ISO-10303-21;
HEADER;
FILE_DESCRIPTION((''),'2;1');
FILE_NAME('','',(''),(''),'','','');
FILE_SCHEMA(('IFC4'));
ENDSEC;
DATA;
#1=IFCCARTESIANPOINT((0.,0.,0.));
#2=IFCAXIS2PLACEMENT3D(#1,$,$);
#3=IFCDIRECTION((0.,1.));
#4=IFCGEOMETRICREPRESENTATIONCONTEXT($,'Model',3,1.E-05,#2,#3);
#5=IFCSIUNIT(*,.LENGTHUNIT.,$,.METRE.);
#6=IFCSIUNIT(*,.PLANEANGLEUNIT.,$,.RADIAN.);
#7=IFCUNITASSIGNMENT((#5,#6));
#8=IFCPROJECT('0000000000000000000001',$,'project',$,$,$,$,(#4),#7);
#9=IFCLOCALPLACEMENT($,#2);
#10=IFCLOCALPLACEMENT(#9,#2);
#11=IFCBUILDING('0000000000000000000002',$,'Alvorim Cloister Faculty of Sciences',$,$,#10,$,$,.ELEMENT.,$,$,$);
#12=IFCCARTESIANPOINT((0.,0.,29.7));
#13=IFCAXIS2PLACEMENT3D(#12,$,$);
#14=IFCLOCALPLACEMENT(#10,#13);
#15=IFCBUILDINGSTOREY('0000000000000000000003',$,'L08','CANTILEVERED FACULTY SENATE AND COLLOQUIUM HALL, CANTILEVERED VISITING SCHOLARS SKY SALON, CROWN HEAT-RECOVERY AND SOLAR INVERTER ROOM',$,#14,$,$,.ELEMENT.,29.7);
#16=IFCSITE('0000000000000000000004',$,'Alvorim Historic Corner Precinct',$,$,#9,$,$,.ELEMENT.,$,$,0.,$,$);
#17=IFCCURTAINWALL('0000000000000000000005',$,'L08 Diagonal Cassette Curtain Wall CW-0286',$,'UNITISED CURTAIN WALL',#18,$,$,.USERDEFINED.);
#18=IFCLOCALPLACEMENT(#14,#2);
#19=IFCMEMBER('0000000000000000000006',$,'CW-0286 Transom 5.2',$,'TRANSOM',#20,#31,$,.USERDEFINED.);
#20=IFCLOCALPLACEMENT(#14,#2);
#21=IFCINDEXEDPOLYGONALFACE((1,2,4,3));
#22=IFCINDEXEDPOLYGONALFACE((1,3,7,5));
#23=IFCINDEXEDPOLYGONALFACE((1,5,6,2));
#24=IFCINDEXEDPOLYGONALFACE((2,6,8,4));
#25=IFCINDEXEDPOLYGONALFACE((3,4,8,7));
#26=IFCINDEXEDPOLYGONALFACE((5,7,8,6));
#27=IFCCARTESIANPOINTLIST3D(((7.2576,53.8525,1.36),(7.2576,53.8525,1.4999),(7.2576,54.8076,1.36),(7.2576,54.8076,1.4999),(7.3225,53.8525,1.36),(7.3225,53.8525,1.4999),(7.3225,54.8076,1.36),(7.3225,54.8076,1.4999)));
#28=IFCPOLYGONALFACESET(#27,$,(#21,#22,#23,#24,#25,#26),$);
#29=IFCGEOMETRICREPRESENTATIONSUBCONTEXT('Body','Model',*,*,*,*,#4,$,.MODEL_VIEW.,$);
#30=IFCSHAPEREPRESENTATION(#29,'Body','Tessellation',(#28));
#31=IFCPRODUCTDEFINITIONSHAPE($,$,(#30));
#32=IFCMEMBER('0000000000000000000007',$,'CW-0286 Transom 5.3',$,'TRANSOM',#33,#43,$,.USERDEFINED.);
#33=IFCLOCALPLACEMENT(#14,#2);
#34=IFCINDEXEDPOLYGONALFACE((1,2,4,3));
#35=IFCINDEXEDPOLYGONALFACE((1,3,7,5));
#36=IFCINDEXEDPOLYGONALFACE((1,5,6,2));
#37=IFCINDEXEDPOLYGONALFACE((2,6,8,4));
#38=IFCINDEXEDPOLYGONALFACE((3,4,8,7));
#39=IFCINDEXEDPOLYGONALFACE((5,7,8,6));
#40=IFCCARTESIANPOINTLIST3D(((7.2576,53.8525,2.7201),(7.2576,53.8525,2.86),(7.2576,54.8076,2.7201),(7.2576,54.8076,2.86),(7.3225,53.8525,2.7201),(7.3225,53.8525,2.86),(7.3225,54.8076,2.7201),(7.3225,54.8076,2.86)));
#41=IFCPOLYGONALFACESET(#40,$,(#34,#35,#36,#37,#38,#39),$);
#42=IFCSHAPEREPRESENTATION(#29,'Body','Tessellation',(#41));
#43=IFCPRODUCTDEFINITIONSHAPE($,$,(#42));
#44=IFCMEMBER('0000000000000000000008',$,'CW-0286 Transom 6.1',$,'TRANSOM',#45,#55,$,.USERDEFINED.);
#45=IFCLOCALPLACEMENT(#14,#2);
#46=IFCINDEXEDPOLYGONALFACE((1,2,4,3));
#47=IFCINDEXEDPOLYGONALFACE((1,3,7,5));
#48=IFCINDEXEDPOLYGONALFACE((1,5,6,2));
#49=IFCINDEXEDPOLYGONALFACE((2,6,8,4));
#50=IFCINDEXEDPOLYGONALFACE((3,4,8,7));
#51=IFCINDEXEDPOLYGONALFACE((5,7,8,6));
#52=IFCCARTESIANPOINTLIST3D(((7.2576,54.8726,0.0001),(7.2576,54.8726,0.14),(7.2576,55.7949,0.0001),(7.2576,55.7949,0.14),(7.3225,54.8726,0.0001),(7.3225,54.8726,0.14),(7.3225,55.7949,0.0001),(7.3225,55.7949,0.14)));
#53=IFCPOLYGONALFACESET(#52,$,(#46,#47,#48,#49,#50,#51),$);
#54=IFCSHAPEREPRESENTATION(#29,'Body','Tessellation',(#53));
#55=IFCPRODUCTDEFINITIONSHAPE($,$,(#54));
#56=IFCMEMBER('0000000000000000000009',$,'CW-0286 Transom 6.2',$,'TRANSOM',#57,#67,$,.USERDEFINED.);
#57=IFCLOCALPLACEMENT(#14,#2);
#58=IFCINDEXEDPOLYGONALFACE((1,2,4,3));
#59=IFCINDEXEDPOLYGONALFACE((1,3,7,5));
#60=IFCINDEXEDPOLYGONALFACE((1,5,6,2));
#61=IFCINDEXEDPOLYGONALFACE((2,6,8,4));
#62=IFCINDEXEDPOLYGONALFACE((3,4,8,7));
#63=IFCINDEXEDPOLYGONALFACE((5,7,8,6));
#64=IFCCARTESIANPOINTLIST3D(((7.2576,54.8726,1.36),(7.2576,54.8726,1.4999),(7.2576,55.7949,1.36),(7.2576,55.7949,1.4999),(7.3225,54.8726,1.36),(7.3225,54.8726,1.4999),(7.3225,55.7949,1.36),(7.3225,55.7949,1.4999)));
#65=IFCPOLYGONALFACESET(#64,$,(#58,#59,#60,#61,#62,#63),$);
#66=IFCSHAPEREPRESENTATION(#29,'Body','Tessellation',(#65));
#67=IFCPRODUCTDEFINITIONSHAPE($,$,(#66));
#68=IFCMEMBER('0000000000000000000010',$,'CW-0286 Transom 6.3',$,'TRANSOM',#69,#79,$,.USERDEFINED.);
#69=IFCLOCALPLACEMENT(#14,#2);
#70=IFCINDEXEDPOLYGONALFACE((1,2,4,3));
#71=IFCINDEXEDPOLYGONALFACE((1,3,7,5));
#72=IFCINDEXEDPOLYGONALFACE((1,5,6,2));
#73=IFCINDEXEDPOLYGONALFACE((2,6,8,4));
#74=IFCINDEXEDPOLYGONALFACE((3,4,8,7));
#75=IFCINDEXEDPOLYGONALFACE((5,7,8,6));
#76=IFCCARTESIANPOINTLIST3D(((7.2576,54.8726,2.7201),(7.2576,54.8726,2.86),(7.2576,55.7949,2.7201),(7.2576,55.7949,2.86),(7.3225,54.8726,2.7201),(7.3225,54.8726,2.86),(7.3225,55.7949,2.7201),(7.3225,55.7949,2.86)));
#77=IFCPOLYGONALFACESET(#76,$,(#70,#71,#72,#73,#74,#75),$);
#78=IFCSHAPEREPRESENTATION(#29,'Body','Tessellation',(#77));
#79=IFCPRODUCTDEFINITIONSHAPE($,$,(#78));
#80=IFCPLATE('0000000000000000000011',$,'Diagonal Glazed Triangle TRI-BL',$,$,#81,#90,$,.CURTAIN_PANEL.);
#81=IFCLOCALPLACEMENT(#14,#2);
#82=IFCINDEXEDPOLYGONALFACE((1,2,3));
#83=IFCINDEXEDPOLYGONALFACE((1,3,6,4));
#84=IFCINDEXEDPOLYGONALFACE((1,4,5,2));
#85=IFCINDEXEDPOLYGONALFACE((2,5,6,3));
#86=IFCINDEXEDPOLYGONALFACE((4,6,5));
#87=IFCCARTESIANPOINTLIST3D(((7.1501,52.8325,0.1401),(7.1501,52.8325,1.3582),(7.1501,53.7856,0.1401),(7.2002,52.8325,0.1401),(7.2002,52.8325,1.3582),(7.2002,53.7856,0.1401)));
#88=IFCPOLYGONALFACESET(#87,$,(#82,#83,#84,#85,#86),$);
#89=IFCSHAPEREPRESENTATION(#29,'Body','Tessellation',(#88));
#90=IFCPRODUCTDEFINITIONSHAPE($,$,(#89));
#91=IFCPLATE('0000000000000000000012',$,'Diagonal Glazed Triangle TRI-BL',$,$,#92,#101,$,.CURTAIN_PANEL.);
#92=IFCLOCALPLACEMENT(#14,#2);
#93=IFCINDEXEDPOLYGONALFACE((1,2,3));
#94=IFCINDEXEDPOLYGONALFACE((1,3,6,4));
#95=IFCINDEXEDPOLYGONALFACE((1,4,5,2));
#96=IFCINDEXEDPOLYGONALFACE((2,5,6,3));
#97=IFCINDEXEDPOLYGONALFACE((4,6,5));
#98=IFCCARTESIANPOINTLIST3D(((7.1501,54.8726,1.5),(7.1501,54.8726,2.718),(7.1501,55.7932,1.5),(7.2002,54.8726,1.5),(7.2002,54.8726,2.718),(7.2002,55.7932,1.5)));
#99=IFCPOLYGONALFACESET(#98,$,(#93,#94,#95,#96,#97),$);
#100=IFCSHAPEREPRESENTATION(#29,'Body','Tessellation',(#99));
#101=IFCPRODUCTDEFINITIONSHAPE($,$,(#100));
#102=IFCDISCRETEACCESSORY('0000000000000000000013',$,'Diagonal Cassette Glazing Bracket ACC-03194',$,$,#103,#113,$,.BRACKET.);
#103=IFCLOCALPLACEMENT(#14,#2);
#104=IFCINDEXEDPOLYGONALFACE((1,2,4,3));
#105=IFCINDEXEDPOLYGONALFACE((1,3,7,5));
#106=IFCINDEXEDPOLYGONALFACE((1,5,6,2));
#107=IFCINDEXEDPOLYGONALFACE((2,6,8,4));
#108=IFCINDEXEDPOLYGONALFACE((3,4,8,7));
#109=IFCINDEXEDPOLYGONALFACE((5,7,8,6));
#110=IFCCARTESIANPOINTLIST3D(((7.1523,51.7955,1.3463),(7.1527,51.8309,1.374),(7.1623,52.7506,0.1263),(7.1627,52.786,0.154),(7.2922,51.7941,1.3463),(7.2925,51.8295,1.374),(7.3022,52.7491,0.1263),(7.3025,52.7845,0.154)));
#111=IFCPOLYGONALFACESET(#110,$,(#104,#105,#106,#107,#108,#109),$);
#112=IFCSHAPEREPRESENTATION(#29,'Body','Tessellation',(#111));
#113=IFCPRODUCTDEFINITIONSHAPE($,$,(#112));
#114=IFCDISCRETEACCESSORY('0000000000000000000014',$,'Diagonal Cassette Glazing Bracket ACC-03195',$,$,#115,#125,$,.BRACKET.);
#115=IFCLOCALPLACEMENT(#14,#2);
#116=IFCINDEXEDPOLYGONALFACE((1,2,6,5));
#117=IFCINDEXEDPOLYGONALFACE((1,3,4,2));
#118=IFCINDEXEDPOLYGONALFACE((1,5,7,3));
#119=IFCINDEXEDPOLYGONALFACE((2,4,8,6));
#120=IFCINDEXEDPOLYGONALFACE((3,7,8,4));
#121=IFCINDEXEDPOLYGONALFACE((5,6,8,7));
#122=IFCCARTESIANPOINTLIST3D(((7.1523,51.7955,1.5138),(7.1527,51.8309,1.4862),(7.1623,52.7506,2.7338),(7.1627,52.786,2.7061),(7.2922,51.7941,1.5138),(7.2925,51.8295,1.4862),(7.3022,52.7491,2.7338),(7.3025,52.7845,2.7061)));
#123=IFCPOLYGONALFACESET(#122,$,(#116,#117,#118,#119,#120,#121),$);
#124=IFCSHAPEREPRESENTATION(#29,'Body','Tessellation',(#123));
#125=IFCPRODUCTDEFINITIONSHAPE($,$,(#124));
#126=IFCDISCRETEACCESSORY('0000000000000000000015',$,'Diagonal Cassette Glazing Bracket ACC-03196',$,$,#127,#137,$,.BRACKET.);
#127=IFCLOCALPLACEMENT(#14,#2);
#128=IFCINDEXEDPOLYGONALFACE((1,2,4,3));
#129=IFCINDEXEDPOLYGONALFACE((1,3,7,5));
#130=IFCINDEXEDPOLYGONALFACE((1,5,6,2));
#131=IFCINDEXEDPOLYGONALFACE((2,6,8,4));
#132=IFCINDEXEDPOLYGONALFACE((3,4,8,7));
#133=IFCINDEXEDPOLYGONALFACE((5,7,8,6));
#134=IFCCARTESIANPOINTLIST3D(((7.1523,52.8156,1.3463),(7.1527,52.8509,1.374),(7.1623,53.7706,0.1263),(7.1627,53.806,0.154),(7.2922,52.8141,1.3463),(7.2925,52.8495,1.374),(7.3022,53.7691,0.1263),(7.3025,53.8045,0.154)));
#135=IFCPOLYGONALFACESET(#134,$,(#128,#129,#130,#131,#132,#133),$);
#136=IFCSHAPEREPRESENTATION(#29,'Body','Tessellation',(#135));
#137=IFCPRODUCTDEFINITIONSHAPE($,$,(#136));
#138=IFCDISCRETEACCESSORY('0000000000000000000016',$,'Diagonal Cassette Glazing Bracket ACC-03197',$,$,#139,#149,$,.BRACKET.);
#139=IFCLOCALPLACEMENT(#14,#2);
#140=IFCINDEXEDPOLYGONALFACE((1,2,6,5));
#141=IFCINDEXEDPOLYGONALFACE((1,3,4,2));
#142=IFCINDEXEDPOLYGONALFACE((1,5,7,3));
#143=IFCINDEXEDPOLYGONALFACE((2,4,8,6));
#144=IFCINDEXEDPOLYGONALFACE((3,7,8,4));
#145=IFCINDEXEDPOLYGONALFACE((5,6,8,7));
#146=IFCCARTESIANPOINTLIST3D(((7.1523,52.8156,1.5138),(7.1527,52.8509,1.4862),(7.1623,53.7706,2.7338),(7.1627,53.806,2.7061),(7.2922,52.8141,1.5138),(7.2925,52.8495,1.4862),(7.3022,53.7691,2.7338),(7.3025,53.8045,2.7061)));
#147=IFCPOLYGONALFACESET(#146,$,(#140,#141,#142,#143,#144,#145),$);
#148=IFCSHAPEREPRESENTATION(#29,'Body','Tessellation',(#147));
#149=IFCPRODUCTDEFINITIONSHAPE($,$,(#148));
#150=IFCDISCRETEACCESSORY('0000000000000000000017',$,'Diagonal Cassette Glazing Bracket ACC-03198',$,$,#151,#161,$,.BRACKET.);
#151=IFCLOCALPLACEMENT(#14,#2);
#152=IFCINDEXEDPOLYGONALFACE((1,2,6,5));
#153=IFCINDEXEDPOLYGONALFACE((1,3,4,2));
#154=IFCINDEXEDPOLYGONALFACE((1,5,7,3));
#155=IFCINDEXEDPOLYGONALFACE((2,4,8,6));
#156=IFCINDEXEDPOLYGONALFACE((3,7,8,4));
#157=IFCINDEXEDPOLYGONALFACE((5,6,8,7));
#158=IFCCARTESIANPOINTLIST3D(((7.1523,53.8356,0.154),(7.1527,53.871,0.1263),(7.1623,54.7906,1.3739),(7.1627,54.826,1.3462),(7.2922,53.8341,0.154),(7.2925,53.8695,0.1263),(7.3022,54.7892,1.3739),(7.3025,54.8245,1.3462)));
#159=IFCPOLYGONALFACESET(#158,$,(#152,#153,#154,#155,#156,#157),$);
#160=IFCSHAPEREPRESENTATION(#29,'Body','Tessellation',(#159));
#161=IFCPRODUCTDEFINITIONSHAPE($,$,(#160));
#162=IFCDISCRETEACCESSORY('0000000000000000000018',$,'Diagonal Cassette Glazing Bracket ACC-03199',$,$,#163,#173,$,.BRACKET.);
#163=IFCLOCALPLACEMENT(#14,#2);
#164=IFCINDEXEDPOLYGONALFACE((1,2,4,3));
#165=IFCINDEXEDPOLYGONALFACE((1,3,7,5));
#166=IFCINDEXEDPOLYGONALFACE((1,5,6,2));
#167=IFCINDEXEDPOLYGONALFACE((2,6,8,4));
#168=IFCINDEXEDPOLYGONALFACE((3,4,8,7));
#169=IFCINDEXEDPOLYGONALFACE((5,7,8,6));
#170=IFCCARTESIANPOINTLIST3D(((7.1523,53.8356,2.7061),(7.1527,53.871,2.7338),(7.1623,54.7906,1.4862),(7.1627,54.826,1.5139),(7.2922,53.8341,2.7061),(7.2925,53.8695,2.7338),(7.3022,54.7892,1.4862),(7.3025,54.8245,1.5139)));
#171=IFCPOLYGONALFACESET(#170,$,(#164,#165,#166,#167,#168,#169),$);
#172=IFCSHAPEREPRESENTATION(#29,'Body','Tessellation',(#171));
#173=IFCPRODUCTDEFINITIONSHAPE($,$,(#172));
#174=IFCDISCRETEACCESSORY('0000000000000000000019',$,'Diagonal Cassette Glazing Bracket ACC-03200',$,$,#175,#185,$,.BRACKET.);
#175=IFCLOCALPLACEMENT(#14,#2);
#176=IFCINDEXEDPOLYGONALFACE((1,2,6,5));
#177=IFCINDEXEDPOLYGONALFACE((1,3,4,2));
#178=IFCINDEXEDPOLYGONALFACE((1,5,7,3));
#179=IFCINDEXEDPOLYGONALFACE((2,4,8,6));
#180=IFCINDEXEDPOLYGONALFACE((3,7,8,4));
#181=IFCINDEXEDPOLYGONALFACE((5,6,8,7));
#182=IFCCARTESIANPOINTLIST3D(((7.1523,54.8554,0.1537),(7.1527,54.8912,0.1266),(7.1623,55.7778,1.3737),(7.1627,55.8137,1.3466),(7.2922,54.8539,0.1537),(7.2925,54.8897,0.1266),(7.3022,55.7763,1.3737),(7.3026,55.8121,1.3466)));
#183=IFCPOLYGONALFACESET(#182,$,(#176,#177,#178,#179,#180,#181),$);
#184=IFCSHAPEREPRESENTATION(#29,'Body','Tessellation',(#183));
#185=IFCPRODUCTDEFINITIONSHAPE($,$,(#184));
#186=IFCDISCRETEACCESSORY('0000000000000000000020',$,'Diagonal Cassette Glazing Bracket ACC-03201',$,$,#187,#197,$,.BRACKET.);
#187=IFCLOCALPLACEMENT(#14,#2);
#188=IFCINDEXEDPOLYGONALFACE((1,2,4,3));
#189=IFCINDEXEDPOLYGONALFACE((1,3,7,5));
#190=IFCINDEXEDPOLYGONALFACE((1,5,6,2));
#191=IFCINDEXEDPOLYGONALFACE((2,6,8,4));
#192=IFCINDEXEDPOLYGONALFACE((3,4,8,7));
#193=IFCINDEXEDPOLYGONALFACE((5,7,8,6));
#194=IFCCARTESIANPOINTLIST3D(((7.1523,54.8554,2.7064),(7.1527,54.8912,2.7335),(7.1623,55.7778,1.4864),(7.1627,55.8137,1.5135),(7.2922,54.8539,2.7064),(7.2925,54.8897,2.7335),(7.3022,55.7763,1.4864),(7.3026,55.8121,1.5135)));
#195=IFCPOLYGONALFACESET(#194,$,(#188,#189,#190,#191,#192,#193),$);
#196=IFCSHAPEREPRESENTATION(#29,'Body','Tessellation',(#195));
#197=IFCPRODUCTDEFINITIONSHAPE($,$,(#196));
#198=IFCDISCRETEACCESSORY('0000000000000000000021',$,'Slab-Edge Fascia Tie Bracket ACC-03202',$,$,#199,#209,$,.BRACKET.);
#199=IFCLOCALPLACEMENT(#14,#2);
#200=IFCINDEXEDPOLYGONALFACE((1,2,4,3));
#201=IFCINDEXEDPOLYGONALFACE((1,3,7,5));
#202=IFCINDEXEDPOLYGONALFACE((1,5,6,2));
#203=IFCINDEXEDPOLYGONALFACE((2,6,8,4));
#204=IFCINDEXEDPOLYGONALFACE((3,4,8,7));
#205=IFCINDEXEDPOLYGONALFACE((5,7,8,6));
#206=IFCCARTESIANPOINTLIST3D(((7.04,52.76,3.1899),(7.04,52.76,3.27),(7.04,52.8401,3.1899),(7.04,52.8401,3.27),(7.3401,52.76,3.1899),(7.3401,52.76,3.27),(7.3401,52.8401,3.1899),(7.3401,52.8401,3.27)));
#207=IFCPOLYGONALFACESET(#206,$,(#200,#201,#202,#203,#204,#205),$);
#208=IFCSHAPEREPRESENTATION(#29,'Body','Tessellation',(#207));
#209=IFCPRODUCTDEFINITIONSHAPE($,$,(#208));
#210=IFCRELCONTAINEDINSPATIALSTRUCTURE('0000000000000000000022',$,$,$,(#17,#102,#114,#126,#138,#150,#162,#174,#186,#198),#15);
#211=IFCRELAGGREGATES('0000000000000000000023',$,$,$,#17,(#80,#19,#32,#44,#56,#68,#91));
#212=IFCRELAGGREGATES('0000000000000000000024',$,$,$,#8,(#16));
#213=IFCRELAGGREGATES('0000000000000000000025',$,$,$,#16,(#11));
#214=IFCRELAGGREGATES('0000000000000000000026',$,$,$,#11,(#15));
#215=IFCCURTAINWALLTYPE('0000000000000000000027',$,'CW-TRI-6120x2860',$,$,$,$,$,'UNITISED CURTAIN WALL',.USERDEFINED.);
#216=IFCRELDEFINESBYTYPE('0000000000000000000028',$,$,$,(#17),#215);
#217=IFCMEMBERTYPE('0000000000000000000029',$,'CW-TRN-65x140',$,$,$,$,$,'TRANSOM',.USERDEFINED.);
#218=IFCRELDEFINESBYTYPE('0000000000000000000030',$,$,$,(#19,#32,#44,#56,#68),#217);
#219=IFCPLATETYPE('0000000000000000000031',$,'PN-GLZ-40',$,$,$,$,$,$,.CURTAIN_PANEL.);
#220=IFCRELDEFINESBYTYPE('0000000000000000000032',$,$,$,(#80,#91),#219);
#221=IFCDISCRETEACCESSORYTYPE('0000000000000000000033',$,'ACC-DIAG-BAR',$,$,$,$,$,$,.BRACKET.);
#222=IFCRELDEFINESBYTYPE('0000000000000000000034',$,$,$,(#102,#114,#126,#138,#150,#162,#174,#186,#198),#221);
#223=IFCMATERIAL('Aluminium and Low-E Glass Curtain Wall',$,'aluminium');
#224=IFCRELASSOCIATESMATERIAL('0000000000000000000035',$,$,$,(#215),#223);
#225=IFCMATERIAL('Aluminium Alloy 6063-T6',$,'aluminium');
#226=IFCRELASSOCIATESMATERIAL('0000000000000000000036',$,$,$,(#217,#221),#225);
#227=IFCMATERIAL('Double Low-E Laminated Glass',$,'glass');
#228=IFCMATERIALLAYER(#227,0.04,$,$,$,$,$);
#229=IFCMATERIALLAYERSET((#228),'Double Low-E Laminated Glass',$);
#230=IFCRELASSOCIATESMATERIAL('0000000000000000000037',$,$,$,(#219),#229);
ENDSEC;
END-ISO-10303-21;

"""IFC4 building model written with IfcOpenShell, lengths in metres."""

from ifc_helpers import new_model, si_unit, direction, frame, origin, origin_2d, place, context, subcontext, project, spatial, polyline, rectangle, outline, extrude, material, layer, layer_set, material_profile, profile_set, type_object, element, aggregate, save


model = new_model("IFC4")

# Units and contexts
model_context = context("Model", 3, precision=1e-05, world=origin(), true_north=direction((0.0, 1.0)))
body_context = subcontext(model_context, "Body", "Model", "MODEL_VIEW")
ifc_project = project(units=[si_unit("LENGTHUNIT", "METRE"), si_unit("PLANEANGLEUNIT", "RADIAN")], contexts=[model_context])

# Site, building, storey
site_placement = place(None, origin())
site = spatial("IfcSite", under=ifc_project, at=site_placement, Name="Alvorim Historic Corner Precinct", CompositionType="ELEMENT", RefElevation=0.0)
building_placement = place(site_placement, origin())
building = spatial("IfcBuilding", under=site, at=building_placement, Name="Alvorim Cloister Faculty of Sciences", CompositionType="ELEMENT")
storey_placement = place(building_placement, frame((0.0, 0.0, 29.7)))
storey = spatial("IfcBuildingStorey", under=building, at=storey_placement, Name="L08", Description="CANTILEVERED FACULTY SENATE AND COLLOQUIUM HALL, CANTILEVERED VISITING SCHOLARS SKY SALON, CROWN HEAT-RECOVERY AND SOLAR INVERTER ROOM", CompositionType="ELEMENT", Elevation=29.7)

# Curtain wall, members, plates
ifc_material_1 = material(Name="Aluminium and Low-E Glass Curtain Wall", Category="aluminium")
curtain_wall_type = type_object("IfcCurtainWallType", Name="CW-TRI-6120x2860", ElementType="UNITISED CURTAIN WALL", PredefinedType="USERDEFINED", material=ifc_material_1)
curtain_wall_placement = place(storey_placement, origin())
curtain_wall = element("IfcCurtainWall", 1, at=curtain_wall_placement, inside=storey, type_object=curtain_wall_type, Name="L08 Diagonal Cassette Curtain Wall CW-0286", ObjectType="UNITISED CURTAIN WALL", PredefinedType="USERDEFINED")
ifc_material_2 = material(Name="Aluminium Alloy 6063-T6", Category="aluminium")
ifc_material_profile_1 = material_profile(ifc_material_2, rectangle(XDim=0.0649, YDim=0.1399, at=origin_2d()), Name="ALU-TRN-65x140")
ifc_profile_set_1 = profile_set([ifc_material_profile_1], Name="Aluminium Alloy 6063-T6")
member_type_1 = type_object("IfcMemberType", Name="CW-TRN-65x140", ElementType="TRANSOM", PredefinedType="USERDEFINED", material=ifc_profile_set_1)
member_1_placement = place(storey_placement, frame((7.29, 53.8525, 1.4299), z_axis=(0.0, 1.0, 0.0), x_axis=(-1.0, 0.0, 0.0)))
member_1 = element("IfcMember", 2, at=member_1_placement, type_object=member_type_1, Name="CW-0286 Transom 5.2", ObjectType="TRANSOM", PredefinedType="USERDEFINED", context=body_context, shape_type="SweptSolid", body=[
    extrude(rectangle(XDim=0.0649, YDim=0.1399, at=origin_2d()), origin(), (0.0, 0.0, 1.0), 0.9551),
])
member_2_placement = place(storey_placement, frame((7.29, 53.8525, 2.79), z_axis=(0.0, 1.0, 0.0), x_axis=(-1.0, 0.0, 0.0)))
member_2 = element("IfcMember", 3, at=member_2_placement, type_object=member_type_1, Name="CW-0286 Transom 5.3", ObjectType="TRANSOM", PredefinedType="USERDEFINED", context=body_context, shape_type="SweptSolid", body=[
    extrude(rectangle(XDim=0.0649, YDim=0.1399, at=origin_2d()), origin(), (0.0, 0.0, 1.0), 0.9551),
])
member_3_placement = place(storey_placement, frame((7.29, 54.8726, 0.0701), z_axis=(0.0, 1.0, 0.0), x_axis=(-1.0, 0.0, 0.0)))
member_3 = element("IfcMember", 4, at=member_3_placement, type_object=member_type_1, Name="CW-0286 Transom 6.1", ObjectType="TRANSOM", PredefinedType="USERDEFINED", context=body_context, shape_type="SweptSolid", body=[
    extrude(rectangle(XDim=0.0649, YDim=0.1399, at=origin_2d()), origin(), (0.0, 0.0, 1.0), 0.9224),
])
member_4_placement = place(storey_placement, frame((7.29, 54.8726, 1.4299), z_axis=(0.0, 1.0, 0.0), x_axis=(-1.0, 0.0, 0.0)))
member_4 = element("IfcMember", 5, at=member_4_placement, type_object=member_type_1, Name="CW-0286 Transom 6.2", ObjectType="TRANSOM", PredefinedType="USERDEFINED", context=body_context, shape_type="SweptSolid", body=[
    extrude(rectangle(XDim=0.0649, YDim=0.1399, at=origin_2d()), origin(), (0.0, 0.0, 1.0), 0.9224),
])
member_5_placement = place(storey_placement, frame((7.29, 54.8726, 2.79), z_axis=(0.0, 1.0, 0.0), x_axis=(-1.0, 0.0, 0.0)))
member_5 = element("IfcMember", 6, at=member_5_placement, type_object=member_type_1, Name="CW-0286 Transom 6.3", ObjectType="TRANSOM", PredefinedType="USERDEFINED", context=body_context, shape_type="SweptSolid", body=[
    extrude(rectangle(XDim=0.0649, YDim=0.1399, at=origin_2d()), origin(), (0.0, 0.0, 1.0), 0.9224),
])
ifc_material_3 = material(Name="Double Low-E Laminated Glass", Category="glass")
ifc_layer = layer(ifc_material_3, 0.04)
ifc_layer_set = layer_set([ifc_layer], Name="Double Low-E Laminated Glass")
plate_type = type_object("IfcPlateType", Name="PN-GLZ-40", PredefinedType="CURTAIN_PANEL", material=ifc_layer_set)
plate_1_placement = place(storey_placement, frame((7.175, 52.8325, 0.1401), z_axis=(0.0, 0.0, 1.0), x_axis=(0.0, 1.0, 0.0)))
plate_1 = element("IfcPlate", 7, at=plate_1_placement, type_object=plate_type, Name="Diagonal Glazed Triangle TRI-BL", PredefinedType="CURTAIN_PANEL", context=body_context, shape_type="SweptSolid", body=[
    extrude(outline(polyline([(0.0, 0.0), (0.9531, 0.0), (0.0, 1.218), (0.0, 0.0)])), frame((0.0, 0.0249, 0.0), z_axis=(0.0, -1.0, 0.0), x_axis=(1.0, 0.0, 0.0)), (0.0, 0.0, 1.0), 0.05),
])
plate_2_placement = place(storey_placement, frame((7.175, 54.8726, 1.5), z_axis=(0.0, 0.0, 1.0), x_axis=(0.0, 1.0, 0.0)))
plate_2 = element("IfcPlate", 8, at=plate_2_placement, type_object=plate_type, Name="Diagonal Glazed Triangle TRI-BL", PredefinedType="CURTAIN_PANEL", context=body_context, shape_type="SweptSolid", body=[
    extrude(outline(polyline([(0.0, 0.0), (0.9207, 0.0), (0.0, 1.218), (0.0, 0.0)])), frame((0.0, 0.0249, 0.0), z_axis=(0.0, -1.0, 0.0), x_axis=(1.0, 0.0, 0.0)), (0.0, 0.0, 1.0), 0.05),
])
aggregate(curtain_wall, [plate_1, member_1, member_2, member_3, member_4, member_5, plate_2])

# Discrete accessories
discrete_accessory_type = type_object("IfcDiscreteAccessoryType", Name="ACC-DIAG-BAR", PredefinedType="BRACKET", material=ifc_material_2)
for number, where, z_axis, x_axis, name in (
    (9, (7.2224, 51.8125, 1.3601), (0.00646, 0.616423, -0.787389), (-0.999945, 0.01048, 0.0), "Diagonal Cassette Glazing Bracket ACC-03194"),
    (10, (7.2224, 51.8125, 1.5), (0.00646, 0.616423, 0.787389), (-0.999945, 0.01048, 0.0), "Diagonal Cassette Glazing Bracket ACC-03195"),
    (11, (7.2224, 52.8325, 1.3601), (0.00646, 0.616423, -0.787389), (-0.999945, 0.01048, 0.0), "Diagonal Cassette Glazing Bracket ACC-03196"),
    (12, (7.2224, 52.8325, 1.5), (0.00646, 0.616423, 0.787389), (-0.999945, 0.01048, 0.0), "Diagonal Cassette Glazing Bracket ACC-03197"),
    (13, (7.2224, 53.8525, 0.1401), (0.00646, 0.616423, 0.787389), (-0.999945, 0.01048, 0.0), "Diagonal Cassette Glazing Bracket ACC-03198"),
    (14, (7.2224, 53.8525, 2.72), (0.00646, 0.616423, -0.787389), (-0.999945, 0.01048, 0.0), "Diagonal Cassette Glazing Bracket ACC-03199"),
):
    element("IfcDiscreteAccessory", number, at=place(storey_placement, frame(where, z_axis=z_axis, x_axis=x_axis)), inside=storey, type_object=discrete_accessory_type, Name=name, PredefinedType="BRACKET", context=body_context, shape_type="SweptSolid", body=[
        extrude(rectangle(XDim=0.1399, YDim=0.0449, at=origin_2d()), origin(), (0.0, 0.0, 1.0), 1.5493),
    ])
for number, where, z_axis, x_axis, name in (
    (15, (7.2224, 54.8726, 0.1401), (0.006545, 0.603073, 0.797659), (-0.999941, 0.010852, 0.0), "Diagonal Cassette Glazing Bracket ACC-03200"),
    (16, (7.2224, 54.8726, 2.72), (0.006545, 0.603073, -0.797659), (-0.999941, 0.010852, 0.0), "Diagonal Cassette Glazing Bracket ACC-03201"),
):
    element("IfcDiscreteAccessory", number, at=place(storey_placement, frame(where, z_axis=z_axis, x_axis=x_axis)), inside=storey, type_object=discrete_accessory_type, Name=name, PredefinedType="BRACKET", context=body_context, shape_type="SweptSolid", body=[
        extrude(rectangle(XDim=0.1399, YDim=0.0449, at=origin_2d()), origin(), (0.0, 0.0, 1.0), 1.5295),
    ])
discrete_accessory_placement = place(storey_placement, frame((7.3401, 52.8, 3.23), z_axis=(-1.0, 0.0, 0.0), x_axis=(0.0, -1.0, 0.0)))
element("IfcDiscreteAccessory", 17, at=discrete_accessory_placement, inside=storey, type_object=discrete_accessory_type, Name="Slab-Edge Fascia Tie Bracket ACC-03202", PredefinedType="BRACKET", context=body_context, shape_type="SweptSolid", body=[
    extrude(rectangle(XDim=0.0801, YDim=0.0801, at=origin_2d()), origin(), (0.0, 0.0, 1.0), 0.3),
])

save(model, "model.ifc")
